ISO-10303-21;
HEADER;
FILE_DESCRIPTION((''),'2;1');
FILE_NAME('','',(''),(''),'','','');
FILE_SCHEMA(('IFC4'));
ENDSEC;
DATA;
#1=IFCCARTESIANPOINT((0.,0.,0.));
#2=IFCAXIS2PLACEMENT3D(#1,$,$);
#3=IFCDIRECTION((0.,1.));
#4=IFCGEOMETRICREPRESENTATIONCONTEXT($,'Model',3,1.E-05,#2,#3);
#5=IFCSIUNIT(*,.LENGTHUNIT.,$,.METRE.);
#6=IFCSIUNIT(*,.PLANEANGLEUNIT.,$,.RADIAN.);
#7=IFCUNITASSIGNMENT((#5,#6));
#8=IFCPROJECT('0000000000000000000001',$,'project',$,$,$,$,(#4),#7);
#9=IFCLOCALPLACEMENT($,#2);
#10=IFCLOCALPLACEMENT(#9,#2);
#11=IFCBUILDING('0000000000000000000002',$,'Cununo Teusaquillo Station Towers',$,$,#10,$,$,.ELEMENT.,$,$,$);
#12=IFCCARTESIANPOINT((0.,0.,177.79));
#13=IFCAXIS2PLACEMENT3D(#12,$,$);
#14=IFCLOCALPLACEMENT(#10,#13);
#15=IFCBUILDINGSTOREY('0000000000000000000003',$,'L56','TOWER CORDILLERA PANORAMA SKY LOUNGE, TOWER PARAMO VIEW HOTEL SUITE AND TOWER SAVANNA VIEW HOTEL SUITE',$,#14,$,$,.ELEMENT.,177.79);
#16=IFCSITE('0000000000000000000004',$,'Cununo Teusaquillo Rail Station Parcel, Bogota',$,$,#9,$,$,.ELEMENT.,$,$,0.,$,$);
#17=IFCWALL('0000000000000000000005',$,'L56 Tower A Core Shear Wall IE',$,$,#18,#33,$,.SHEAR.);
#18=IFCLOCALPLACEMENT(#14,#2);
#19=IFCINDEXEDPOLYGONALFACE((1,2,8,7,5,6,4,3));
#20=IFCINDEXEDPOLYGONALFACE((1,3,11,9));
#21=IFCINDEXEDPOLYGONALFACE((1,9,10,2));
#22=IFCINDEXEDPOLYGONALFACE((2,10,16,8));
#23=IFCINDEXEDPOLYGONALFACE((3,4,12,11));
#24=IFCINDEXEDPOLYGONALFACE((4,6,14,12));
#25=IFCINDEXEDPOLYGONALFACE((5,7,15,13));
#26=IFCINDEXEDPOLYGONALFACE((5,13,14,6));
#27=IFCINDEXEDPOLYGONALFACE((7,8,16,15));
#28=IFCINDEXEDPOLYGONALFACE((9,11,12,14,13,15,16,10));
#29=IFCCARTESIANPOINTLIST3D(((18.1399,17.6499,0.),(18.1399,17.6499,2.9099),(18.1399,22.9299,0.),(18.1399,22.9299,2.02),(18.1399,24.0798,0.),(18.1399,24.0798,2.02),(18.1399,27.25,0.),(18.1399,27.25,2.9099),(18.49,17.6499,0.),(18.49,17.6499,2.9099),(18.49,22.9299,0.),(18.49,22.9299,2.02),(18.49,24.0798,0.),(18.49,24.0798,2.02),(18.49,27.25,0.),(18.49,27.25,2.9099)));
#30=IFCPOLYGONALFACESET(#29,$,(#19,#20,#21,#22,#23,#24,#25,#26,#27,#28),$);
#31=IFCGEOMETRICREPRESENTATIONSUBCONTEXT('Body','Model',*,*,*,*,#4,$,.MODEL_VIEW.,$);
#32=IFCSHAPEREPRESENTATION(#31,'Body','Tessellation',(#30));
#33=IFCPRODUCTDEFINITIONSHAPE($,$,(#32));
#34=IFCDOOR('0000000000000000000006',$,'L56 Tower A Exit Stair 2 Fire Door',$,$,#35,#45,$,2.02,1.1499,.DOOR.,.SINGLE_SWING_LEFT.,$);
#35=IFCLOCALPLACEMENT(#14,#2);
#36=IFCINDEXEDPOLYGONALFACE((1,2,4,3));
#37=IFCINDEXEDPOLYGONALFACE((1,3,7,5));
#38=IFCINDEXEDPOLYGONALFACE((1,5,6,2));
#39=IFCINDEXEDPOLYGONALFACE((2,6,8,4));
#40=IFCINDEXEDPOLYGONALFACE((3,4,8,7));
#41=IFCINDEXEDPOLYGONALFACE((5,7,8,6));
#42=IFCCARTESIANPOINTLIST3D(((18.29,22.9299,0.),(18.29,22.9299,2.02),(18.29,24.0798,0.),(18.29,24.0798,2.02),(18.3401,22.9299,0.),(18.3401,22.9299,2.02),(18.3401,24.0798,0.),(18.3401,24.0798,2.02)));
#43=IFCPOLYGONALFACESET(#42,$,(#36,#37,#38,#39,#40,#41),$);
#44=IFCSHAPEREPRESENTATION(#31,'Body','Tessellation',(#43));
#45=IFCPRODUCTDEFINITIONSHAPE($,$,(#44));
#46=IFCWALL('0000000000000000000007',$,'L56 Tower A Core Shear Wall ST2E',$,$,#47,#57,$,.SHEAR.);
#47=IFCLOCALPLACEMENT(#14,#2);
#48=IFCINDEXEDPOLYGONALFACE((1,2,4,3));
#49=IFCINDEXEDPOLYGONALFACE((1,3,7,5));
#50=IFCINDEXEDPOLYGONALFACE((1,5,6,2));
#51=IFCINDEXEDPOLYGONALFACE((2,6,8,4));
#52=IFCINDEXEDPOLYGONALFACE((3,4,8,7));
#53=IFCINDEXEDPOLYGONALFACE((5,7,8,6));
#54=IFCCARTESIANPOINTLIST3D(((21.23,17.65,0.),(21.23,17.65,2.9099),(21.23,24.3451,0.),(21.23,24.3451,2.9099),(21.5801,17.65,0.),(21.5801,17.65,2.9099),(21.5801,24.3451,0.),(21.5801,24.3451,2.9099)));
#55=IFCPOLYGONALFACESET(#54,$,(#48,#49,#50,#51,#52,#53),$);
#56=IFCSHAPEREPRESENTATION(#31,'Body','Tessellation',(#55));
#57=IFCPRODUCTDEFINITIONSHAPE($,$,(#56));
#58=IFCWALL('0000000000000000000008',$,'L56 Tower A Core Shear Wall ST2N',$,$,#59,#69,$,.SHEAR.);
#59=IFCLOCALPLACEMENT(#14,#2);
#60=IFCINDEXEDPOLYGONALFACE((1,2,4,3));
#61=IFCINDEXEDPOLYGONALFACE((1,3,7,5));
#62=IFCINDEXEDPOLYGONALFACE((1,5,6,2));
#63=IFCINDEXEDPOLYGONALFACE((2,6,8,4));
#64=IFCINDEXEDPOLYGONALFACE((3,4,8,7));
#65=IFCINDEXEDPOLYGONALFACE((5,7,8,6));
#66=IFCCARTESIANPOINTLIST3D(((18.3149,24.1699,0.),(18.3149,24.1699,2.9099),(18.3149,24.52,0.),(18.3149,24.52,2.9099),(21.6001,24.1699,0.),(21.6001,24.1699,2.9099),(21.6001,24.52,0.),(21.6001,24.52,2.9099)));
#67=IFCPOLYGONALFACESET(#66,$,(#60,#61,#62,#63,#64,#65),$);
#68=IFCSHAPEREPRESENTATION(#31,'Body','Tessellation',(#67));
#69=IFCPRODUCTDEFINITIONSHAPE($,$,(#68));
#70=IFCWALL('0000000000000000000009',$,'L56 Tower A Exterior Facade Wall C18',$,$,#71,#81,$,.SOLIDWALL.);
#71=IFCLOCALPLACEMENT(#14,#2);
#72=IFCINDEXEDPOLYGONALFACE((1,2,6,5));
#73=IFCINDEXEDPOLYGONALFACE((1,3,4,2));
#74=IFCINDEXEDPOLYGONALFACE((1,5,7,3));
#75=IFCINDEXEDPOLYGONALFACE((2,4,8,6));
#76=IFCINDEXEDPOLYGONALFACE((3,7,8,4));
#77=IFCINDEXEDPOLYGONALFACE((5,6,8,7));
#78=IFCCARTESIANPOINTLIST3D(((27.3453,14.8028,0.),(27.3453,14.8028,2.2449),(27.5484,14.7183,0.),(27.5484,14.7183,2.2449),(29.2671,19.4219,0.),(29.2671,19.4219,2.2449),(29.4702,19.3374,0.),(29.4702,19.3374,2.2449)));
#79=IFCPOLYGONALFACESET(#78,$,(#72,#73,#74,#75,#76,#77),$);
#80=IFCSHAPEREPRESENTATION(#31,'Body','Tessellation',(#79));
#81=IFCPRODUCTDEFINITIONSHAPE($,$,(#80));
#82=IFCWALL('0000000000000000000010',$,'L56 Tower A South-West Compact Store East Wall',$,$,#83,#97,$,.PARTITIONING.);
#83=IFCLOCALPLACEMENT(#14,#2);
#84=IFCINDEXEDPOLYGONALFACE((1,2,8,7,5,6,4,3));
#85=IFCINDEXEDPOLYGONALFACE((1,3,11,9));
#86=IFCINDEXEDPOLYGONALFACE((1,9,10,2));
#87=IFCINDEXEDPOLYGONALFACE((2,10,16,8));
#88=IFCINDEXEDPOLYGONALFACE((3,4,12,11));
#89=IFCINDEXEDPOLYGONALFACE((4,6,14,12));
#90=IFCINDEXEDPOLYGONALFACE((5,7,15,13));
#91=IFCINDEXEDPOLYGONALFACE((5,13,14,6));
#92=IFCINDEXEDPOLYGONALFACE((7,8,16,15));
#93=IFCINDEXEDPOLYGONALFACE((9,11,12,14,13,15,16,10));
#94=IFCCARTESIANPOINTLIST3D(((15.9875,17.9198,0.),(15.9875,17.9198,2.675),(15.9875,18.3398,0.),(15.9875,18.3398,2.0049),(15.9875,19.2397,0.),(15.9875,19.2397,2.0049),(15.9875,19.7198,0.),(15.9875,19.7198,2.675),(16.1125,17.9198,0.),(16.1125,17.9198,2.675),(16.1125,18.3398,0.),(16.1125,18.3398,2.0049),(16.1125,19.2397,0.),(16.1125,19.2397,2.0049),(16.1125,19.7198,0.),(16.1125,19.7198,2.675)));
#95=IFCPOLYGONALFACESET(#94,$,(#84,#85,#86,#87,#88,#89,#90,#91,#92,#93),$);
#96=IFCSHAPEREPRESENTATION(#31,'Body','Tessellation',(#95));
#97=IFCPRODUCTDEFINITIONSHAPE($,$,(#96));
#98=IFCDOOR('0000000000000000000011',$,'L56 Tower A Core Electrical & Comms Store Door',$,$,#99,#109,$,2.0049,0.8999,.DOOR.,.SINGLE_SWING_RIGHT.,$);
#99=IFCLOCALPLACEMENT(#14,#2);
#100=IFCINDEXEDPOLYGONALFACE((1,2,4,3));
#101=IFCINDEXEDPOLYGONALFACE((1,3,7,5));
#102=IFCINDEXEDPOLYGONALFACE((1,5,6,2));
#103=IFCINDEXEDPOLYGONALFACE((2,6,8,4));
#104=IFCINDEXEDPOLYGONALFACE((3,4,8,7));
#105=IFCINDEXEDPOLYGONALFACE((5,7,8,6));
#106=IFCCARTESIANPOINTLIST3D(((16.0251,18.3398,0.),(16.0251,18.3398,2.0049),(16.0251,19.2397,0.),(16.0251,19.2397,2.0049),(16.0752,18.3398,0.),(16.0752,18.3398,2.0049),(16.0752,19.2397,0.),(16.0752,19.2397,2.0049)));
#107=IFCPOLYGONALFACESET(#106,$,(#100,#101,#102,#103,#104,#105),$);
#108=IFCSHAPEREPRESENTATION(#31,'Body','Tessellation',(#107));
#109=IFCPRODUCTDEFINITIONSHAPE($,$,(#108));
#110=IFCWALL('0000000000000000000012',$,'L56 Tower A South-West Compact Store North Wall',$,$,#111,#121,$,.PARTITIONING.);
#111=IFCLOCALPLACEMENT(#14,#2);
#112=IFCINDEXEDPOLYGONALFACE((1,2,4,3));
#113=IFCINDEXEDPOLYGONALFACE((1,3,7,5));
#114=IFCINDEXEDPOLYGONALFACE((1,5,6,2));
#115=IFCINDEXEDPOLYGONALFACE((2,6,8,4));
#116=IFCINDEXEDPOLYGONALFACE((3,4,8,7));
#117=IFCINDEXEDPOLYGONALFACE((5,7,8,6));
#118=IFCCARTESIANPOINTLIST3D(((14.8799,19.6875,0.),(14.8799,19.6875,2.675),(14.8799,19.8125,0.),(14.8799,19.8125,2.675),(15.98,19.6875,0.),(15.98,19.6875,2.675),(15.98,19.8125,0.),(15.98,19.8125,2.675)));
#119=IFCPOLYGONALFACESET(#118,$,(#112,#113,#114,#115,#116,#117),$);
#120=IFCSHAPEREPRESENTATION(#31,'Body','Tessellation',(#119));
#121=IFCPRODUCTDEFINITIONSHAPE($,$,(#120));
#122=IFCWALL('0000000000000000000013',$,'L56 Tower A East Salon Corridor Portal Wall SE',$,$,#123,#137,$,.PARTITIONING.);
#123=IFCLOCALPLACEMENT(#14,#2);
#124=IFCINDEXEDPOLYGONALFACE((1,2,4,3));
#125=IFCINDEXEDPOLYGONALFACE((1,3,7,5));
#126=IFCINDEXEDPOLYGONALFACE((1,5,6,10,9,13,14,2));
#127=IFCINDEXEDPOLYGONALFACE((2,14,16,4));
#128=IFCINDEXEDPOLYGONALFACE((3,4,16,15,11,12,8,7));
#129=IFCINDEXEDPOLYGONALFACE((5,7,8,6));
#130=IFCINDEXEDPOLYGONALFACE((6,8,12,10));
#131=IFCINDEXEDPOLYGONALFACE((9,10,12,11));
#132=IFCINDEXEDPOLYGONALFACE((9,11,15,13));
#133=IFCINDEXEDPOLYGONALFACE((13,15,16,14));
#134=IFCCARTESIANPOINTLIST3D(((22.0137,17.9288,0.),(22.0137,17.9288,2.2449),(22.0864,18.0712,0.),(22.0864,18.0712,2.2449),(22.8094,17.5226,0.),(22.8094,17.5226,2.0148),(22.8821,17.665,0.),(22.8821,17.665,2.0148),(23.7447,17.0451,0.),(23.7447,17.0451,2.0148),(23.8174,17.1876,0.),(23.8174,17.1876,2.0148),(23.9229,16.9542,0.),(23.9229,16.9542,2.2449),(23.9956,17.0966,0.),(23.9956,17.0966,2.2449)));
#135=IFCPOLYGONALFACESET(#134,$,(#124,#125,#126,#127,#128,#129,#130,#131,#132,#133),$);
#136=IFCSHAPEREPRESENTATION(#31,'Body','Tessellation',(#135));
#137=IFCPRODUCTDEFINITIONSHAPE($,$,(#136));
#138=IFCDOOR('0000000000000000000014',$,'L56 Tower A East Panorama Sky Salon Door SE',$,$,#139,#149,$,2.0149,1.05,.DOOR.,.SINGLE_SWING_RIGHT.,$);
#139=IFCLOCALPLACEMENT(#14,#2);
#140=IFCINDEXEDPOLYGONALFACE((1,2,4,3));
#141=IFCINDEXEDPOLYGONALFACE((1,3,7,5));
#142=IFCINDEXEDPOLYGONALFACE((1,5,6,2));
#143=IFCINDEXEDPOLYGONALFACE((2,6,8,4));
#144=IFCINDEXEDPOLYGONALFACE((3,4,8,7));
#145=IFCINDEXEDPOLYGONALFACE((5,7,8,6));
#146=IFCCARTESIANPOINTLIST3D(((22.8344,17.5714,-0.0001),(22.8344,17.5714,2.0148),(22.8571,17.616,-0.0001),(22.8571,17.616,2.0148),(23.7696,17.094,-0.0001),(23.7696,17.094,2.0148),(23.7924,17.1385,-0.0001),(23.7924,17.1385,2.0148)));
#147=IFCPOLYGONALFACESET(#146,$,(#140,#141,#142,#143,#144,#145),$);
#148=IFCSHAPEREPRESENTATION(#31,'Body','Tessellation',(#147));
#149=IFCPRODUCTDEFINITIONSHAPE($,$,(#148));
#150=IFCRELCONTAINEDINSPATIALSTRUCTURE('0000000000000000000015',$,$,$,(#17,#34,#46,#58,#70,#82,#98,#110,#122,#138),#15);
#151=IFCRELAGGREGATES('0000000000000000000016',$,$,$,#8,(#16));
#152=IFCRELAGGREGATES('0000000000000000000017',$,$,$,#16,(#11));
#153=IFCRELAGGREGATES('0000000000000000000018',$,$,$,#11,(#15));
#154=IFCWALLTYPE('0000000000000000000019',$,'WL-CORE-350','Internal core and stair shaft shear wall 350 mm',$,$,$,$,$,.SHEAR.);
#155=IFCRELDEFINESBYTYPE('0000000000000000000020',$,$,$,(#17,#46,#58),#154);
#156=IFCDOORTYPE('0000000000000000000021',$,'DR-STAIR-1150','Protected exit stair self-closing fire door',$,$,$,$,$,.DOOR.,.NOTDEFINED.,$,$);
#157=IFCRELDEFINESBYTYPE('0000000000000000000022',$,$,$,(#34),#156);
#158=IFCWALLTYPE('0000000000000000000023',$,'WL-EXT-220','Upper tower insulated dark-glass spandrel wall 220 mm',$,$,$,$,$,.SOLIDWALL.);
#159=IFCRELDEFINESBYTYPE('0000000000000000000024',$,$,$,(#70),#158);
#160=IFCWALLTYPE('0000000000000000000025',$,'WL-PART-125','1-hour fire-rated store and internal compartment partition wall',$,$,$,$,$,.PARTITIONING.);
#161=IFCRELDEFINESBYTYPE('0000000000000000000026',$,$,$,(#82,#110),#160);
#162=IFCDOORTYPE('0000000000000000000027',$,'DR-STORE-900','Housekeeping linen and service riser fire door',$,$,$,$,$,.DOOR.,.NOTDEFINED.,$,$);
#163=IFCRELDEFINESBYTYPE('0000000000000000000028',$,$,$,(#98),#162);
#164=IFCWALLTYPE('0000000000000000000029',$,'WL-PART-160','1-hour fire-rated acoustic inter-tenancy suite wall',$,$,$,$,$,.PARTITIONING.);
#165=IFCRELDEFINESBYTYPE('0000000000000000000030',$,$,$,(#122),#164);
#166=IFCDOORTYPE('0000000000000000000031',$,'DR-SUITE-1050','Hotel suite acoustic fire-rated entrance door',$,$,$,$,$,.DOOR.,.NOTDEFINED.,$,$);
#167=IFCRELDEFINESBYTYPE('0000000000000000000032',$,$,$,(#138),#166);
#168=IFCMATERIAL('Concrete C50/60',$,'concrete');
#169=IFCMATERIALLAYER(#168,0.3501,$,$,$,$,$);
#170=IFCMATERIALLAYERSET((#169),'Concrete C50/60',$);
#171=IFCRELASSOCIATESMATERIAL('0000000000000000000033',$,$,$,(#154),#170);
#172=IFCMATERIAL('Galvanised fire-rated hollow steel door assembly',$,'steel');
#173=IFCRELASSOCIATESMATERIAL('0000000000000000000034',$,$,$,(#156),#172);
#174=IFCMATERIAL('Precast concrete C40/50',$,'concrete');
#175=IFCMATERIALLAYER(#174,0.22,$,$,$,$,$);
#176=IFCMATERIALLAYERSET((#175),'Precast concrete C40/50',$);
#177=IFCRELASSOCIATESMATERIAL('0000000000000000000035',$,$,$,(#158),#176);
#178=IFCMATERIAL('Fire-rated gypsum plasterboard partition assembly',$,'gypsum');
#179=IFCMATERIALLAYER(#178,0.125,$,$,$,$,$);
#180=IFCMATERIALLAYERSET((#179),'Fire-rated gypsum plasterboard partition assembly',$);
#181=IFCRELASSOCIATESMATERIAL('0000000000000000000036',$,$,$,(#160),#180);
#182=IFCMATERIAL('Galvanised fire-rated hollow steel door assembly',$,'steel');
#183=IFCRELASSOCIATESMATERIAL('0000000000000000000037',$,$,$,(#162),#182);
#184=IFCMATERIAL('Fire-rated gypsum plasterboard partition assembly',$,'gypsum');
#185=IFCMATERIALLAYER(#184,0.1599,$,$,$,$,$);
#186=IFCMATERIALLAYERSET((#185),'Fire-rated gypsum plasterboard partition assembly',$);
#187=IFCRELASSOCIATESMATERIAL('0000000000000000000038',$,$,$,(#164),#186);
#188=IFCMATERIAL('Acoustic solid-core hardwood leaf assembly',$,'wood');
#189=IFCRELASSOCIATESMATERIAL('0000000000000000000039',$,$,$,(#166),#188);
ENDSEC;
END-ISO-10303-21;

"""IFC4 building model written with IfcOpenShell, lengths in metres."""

from ifc_helpers import new_model, si_unit, direction, frame, frame_2d, origin, place, context, subcontext, project, spatial, rectangle, extrude, source, transform, mapped, material, layer, layer_set, type_object, element, fill, save


model = new_model("IFC4")

# Units and contexts
model_context = context("Model", 3, precision=1e-05, world=origin(), true_north=direction((0.0, 1.0)))
body_context = subcontext(model_context, "Body", "Model", "MODEL_VIEW")
ifc_project = project(units=[si_unit("LENGTHUNIT", "METRE"), si_unit("PLANEANGLEUNIT", "RADIAN")], contexts=[model_context])

# Site, building, storey
site_placement = place(None, origin())
site = spatial("IfcSite", under=ifc_project, at=site_placement, Name="Cununo Teusaquillo Rail Station Parcel, Bogota", CompositionType="ELEMENT", RefElevation=0.0)
building_placement = place(site_placement, origin())
building = spatial("IfcBuilding", under=site, at=building_placement, Name="Cununo Teusaquillo Station Towers", CompositionType="ELEMENT")
storey_placement = place(building_placement, frame((0.0, 0.0, 177.79)))
storey = spatial("IfcBuildingStorey", under=building, at=storey_placement, Name="L56", Description="TOWER CORDILLERA PANORAMA SKY LOUNGE, TOWER PARAMO VIEW HOTEL SUITE AND TOWER SAVANNA VIEW HOTEL SUITE", CompositionType="ELEMENT", Elevation=177.79)

# Wall, opening, door
ifc_material_1 = material(Name="Concrete C50/60", Category="concrete")
ifc_layer_1 = layer(ifc_material_1, 0.3501)
ifc_layer_set_1 = layer_set([ifc_layer_1], Name="Concrete C50/60")
wall_type_1 = type_object("IfcWallType", Name="WL-CORE-350", Description="Internal core and stair shaft shear wall 350 mm", PredefinedType="SHEAR", material=ifc_layer_set_1)
wall_1_placement = place(storey_placement, frame((18.3149, 17.6499, 0.0), z_axis=(0.0, 0.0, 1.0), x_axis=(0.0, 1.0, 0.0)))
wall_1 = element("IfcWall", 1, at=wall_1_placement, inside=storey, type_object=wall_type_1, Name="L56 Tower A Core Shear Wall IE", PredefinedType="SHEAR", context=body_context, shape_type="SweptSolid", body=[
    extrude(rectangle(XDim=9.6001, YDim=0.3501, at=frame_2d((4.8, 0.0))), origin(), (0.0, 0.0, 1.0), 2.9099),
])
shared_shape_1 = source(origin(), body_context, "Body", "SweptSolid", [
    extrude(rectangle(XDim=1.1499, YDim=2.02, at=frame_2d((0.575, 1.01))), frame((0.0, 0.1851, 0.0), z_axis=(0.0, -1.0, 0.0), x_axis=(1.0, 0.0, 0.0)), (0.0, 0.0, 1.0), 0.3701),
])
opening_1_placement = place(wall_1_placement, frame((5.28, 0.0, 0.0)))
opening_1 = element("IfcOpeningElement", 2, at=opening_1_placement, cuts=wall_1, PredefinedType="OPENING", context=body_context, shape_type="MappedRepresentation", body=[
    mapped(shared_shape_1, transform((0.0, 0.0, 0.0), x_axis=(1.0, 0.0, 0.0), y_axis=(0.0, 1.0, 0.0), z_axis=(0.0, 0.0, 1.0), scale=1.0)),
])
ifc_material_2 = material(Name="Galvanised fire-rated hollow steel door assembly", Category="steel")
door_type_1 = type_object("IfcDoorType", Name="DR-STAIR-1150", Description="Protected exit stair self-closing fire door", OperationType="NOTDEFINED", PredefinedType="DOOR", material=ifc_material_2)
shared_shape_2 = source(origin(), body_context, "Body", "SweptSolid", [
    extrude(rectangle(XDim=1.1499, YDim=2.02, at=frame_2d((0.575, 1.01))), frame((0.0, 0.0249, 0.0), z_axis=(0.0, -1.0, 0.0), x_axis=(1.0, 0.0, 0.0)), (0.0, 0.0, 1.0), 0.05),
])
door_1_placement = place(opening_1_placement, origin())
door_1 = element("IfcDoor", 3, at=door_1_placement, inside=storey, type_object=door_type_1, Name="L56 Tower A Exit Stair 2 Fire Door", OperationType="SINGLE_SWING_LEFT", OverallHeight=2.02, OverallWidth=1.1499, PredefinedType="DOOR", context=body_context, shape_type="MappedRepresentation", body=[
    mapped(shared_shape_2, transform((0.0, 0.0, 0.0), x_axis=(1.0, 0.0, 0.0), y_axis=(0.0, 1.0, 0.0), z_axis=(0.0, 0.0, 1.0), scale=1.0)),
])
fill(opening_1, door_1)

# Walls
wall_2_placement = place(storey_placement, frame((21.405, 17.6499, 0.0), z_axis=(0.0, 0.0, 1.0), x_axis=(0.0, 1.0, 0.0)))
element("IfcWall", 4, at=wall_2_placement, inside=storey, type_object=wall_type_1, Name="L56 Tower A Core Shear Wall ST2E", PredefinedType="SHEAR", context=body_context, shape_type="SweptSolid", body=[
    extrude(rectangle(XDim=6.6951, YDim=0.3501, at=frame_2d((3.3477, 0.0))), origin(), (0.0, 0.0, 1.0), 2.9099),
])
wall_3_placement = place(storey_placement, frame((18.3149, 24.345, 0.0), z_axis=(0.0, 0.0, 1.0), x_axis=(1.0, 0.0, 0.0)))
element("IfcWall", 5, at=wall_3_placement, inside=storey, type_object=wall_type_1, Name="L56 Tower A Core Shear Wall ST2N", PredefinedType="SHEAR", context=body_context, shape_type="SweptSolid", body=[
    extrude(rectangle(XDim=3.2852, YDim=0.3501, at=frame_2d((1.6426, 0.0))), origin(), (0.0, 0.0, 1.0), 2.9099),
])
ifc_material_3 = material(Name="Precast concrete C40/50", Category="concrete")
ifc_layer_2 = layer(ifc_material_3, 0.22)
ifc_layer_set_2 = layer_set([ifc_layer_2], Name="Precast concrete C40/50")
wall_type_2 = type_object("IfcWallType", Name="WL-EXT-220", Description="Upper tower insulated dark-glass spandrel wall 220 mm", PredefinedType="SOLIDWALL", material=ifc_layer_set_2)
wall_4_placement = place(storey_placement, frame((29.3687, 19.3796, 0.0), z_axis=(0.0, 0.0, 1.0), x_axis=(-0.384144, -0.923273, 0.0)))
element("IfcWall", 6, at=wall_4_placement, inside=storey, type_object=wall_type_2, Name="L56 Tower A Exterior Facade Wall C18", PredefinedType="SOLIDWALL", context=body_context, shape_type="SweptSolid", body=[
    extrude(rectangle(XDim=5.0029, YDim=0.22, at=frame_2d((2.5015, 0.0))), origin(), (0.0, 0.0, 1.0), 2.2449),
])

# Wall, opening, door
ifc_material_4 = material(Name="Fire-rated gypsum plasterboard partition assembly", Category="gypsum")
ifc_layer_3 = layer(ifc_material_4, 0.125)
ifc_layer_set_3 = layer_set([ifc_layer_3], Name="Fire-rated gypsum plasterboard partition assembly")
wall_type_3 = type_object("IfcWallType", Name="WL-PART-125", Description="1-hour fire-rated store and internal compartment partition wall", PredefinedType="PARTITIONING", material=ifc_layer_set_3)
wall_5_placement = place(storey_placement, frame((16.05, 17.9199, 0.0), z_axis=(0.0, 0.0, 1.0), x_axis=(0.0, 1.0, 0.0)))
wall_5 = element("IfcWall", 7, at=wall_5_placement, inside=storey, type_object=wall_type_3, Name="L56 Tower A South-West Compact Store East Wall", PredefinedType="PARTITIONING", context=body_context, shape_type="SweptSolid", body=[
    extrude(rectangle(XDim=1.8, YDim=0.125, at=frame_2d((0.8999, 0.0))), origin(), (0.0, 0.0, 1.0), 2.675),
])
shared_shape_3 = source(origin(), body_context, "Body", "SweptSolid", [
    extrude(rectangle(XDim=0.8999, YDim=2.0049, at=frame_2d((0.45, 1.0024))), frame((0.0, 0.0725, 0.0), z_axis=(0.0, -1.0, 0.0), x_axis=(1.0, 0.0, 0.0)), (0.0, 0.0, 1.0), 0.145),
])
opening_2_placement = place(wall_5_placement, frame((0.4199, 0.0, 0.0)))
opening_2 = element("IfcOpeningElement", 8, at=opening_2_placement, cuts=wall_5, PredefinedType="OPENING", context=body_context, shape_type="MappedRepresentation", body=[
    mapped(shared_shape_3, transform((0.0, 0.0, 0.0), x_axis=(1.0, 0.0, 0.0), y_axis=(0.0, 1.0, 0.0), z_axis=(0.0, 0.0, 1.0), scale=1.0)),
])
ifc_material_5 = material(Name="Galvanised fire-rated hollow steel door assembly", Category="steel")
door_type_2 = type_object("IfcDoorType", Name="DR-STORE-900", Description="Housekeeping linen and service riser fire door", OperationType="NOTDEFINED", PredefinedType="DOOR", material=ifc_material_5)
shared_shape_4 = source(origin(), body_context, "Body", "SweptSolid", [
    extrude(rectangle(XDim=0.8999, YDim=2.0049, at=frame_2d((0.45, 1.0024))), frame((0.0, 0.0249, 0.0), z_axis=(0.0, -1.0, 0.0), x_axis=(1.0, 0.0, 0.0)), (0.0, 0.0, 1.0), 0.05),
])
door_2_placement = place(opening_2_placement, origin())
door_2 = element("IfcDoor", 9, at=door_2_placement, inside=storey, type_object=door_type_2, Name="L56 Tower A Core Electrical & Comms Store Door", OperationType="SINGLE_SWING_RIGHT", OverallHeight=2.0049, OverallWidth=0.8999, PredefinedType="DOOR", context=body_context, shape_type="MappedRepresentation", body=[
    mapped(shared_shape_4, transform((0.0, 0.0, 0.0), x_axis=(1.0, 0.0, 0.0), y_axis=(0.0, 1.0, 0.0), z_axis=(0.0, 0.0, 1.0), scale=1.0)),
])
fill(opening_2, door_2)

# Wall
wall_6_placement = place(storey_placement, frame((14.8799, 19.75, 0.0), z_axis=(0.0, 0.0, 1.0), x_axis=(1.0, 0.0, 0.0)))
element("IfcWall", 10, at=wall_6_placement, inside=storey, type_object=wall_type_3, Name="L56 Tower A South-West Compact Store North Wall", PredefinedType="PARTITIONING", context=body_context, shape_type="SweptSolid", body=[
    extrude(rectangle(XDim=1.1001, YDim=0.125, at=frame_2d((0.55, 0.0))), origin(), (0.0, 0.0, 1.0), 2.675),
])

# Wall, opening, door
ifc_material_6 = material(Name="Fire-rated gypsum plasterboard partition assembly", Category="gypsum")
ifc_layer_4 = layer(ifc_material_6, 0.1599)
ifc_layer_set_4 = layer_set([ifc_layer_4], Name="Fire-rated gypsum plasterboard partition assembly")
wall_type_4 = type_object("IfcWallType", Name="WL-PART-160", Description="1-hour fire-rated acoustic inter-tenancy suite wall", PredefinedType="PARTITIONING", material=ifc_layer_set_4)
wall_7_placement = place(storey_placement, frame((22.05, 18.0, 0.0), z_axis=(0.0, 0.0, 1.0), x_axis=(0.89066, -0.45467, 0.0)))
wall_7 = element("IfcWall", 11, at=wall_7_placement, inside=storey, type_object=wall_type_4, Name="L56 Tower A East Salon Corridor Portal Wall SE", PredefinedType="PARTITIONING", context=body_context, shape_type="SweptSolid", body=[
    extrude(rectangle(XDim=2.1436, YDim=0.1599, at=frame_2d((1.0718, 0.0))), origin(), (0.0, 0.0, 1.0), 2.2449),
])
shared_shape_5 = source(origin(), body_context, "Body", "SweptSolid", [
    extrude(rectangle(XDim=1.05, YDim=2.0149, at=frame_2d((0.5249, 1.0073))), frame((0.0, 0.0898, 0.0), z_axis=(0.0, -1.0, 0.0), x_axis=(1.0, 0.0, 0.0)), (0.0, 0.0, 1.0), 0.1799),
])
opening_3_placement = place(wall_7_placement, frame((0.8936, 0.0, 0.0)))
opening_3 = element("IfcOpeningElement", 12, at=opening_3_placement, cuts=wall_7, PredefinedType="OPENING", context=body_context, shape_type="MappedRepresentation", body=[
    mapped(shared_shape_5, transform((0.0, 0.0, 0.0), x_axis=(1.0, 0.0, 0.0), y_axis=(0.0, 1.0, 0.0), z_axis=(0.0, 0.0, 1.0), scale=1.0)),
])
ifc_material_7 = material(Name="Acoustic solid-core hardwood leaf assembly", Category="wood")
door_type_3 = type_object("IfcDoorType", Name="DR-SUITE-1050", Description="Hotel suite acoustic fire-rated entrance door", OperationType="NOTDEFINED", PredefinedType="DOOR", material=ifc_material_7)
shared_shape_6 = source(origin(), body_context, "Body", "SweptSolid", [
    extrude(rectangle(XDim=1.05, YDim=2.0149, at=frame_2d((0.5249, 1.0073))), frame((0.0, 0.0249, 0.0), z_axis=(0.0, -1.0, 0.0), x_axis=(1.0, 0.0, 0.0)), (0.0, 0.0, 1.0), 0.05),
])
door_3_placement = place(opening_3_placement, origin())
door_3 = element("IfcDoor", 13, at=door_3_placement, inside=storey, type_object=door_type_3, Name="L56 Tower A East Panorama Sky Salon Door SE", OperationType="SINGLE_SWING_RIGHT", OverallHeight=2.0149, OverallWidth=1.05, PredefinedType="DOOR", context=body_context, shape_type="MappedRepresentation", body=[
    mapped(shared_shape_6, transform((0.0, 0.0, 0.0), x_axis=(1.0, 0.0, 0.0), y_axis=(0.0, 1.0, 0.0), z_axis=(0.0, 0.0, 1.0), scale=1.0)),
])
fill(opening_3, door_3)

save(model, "model.ifc")
